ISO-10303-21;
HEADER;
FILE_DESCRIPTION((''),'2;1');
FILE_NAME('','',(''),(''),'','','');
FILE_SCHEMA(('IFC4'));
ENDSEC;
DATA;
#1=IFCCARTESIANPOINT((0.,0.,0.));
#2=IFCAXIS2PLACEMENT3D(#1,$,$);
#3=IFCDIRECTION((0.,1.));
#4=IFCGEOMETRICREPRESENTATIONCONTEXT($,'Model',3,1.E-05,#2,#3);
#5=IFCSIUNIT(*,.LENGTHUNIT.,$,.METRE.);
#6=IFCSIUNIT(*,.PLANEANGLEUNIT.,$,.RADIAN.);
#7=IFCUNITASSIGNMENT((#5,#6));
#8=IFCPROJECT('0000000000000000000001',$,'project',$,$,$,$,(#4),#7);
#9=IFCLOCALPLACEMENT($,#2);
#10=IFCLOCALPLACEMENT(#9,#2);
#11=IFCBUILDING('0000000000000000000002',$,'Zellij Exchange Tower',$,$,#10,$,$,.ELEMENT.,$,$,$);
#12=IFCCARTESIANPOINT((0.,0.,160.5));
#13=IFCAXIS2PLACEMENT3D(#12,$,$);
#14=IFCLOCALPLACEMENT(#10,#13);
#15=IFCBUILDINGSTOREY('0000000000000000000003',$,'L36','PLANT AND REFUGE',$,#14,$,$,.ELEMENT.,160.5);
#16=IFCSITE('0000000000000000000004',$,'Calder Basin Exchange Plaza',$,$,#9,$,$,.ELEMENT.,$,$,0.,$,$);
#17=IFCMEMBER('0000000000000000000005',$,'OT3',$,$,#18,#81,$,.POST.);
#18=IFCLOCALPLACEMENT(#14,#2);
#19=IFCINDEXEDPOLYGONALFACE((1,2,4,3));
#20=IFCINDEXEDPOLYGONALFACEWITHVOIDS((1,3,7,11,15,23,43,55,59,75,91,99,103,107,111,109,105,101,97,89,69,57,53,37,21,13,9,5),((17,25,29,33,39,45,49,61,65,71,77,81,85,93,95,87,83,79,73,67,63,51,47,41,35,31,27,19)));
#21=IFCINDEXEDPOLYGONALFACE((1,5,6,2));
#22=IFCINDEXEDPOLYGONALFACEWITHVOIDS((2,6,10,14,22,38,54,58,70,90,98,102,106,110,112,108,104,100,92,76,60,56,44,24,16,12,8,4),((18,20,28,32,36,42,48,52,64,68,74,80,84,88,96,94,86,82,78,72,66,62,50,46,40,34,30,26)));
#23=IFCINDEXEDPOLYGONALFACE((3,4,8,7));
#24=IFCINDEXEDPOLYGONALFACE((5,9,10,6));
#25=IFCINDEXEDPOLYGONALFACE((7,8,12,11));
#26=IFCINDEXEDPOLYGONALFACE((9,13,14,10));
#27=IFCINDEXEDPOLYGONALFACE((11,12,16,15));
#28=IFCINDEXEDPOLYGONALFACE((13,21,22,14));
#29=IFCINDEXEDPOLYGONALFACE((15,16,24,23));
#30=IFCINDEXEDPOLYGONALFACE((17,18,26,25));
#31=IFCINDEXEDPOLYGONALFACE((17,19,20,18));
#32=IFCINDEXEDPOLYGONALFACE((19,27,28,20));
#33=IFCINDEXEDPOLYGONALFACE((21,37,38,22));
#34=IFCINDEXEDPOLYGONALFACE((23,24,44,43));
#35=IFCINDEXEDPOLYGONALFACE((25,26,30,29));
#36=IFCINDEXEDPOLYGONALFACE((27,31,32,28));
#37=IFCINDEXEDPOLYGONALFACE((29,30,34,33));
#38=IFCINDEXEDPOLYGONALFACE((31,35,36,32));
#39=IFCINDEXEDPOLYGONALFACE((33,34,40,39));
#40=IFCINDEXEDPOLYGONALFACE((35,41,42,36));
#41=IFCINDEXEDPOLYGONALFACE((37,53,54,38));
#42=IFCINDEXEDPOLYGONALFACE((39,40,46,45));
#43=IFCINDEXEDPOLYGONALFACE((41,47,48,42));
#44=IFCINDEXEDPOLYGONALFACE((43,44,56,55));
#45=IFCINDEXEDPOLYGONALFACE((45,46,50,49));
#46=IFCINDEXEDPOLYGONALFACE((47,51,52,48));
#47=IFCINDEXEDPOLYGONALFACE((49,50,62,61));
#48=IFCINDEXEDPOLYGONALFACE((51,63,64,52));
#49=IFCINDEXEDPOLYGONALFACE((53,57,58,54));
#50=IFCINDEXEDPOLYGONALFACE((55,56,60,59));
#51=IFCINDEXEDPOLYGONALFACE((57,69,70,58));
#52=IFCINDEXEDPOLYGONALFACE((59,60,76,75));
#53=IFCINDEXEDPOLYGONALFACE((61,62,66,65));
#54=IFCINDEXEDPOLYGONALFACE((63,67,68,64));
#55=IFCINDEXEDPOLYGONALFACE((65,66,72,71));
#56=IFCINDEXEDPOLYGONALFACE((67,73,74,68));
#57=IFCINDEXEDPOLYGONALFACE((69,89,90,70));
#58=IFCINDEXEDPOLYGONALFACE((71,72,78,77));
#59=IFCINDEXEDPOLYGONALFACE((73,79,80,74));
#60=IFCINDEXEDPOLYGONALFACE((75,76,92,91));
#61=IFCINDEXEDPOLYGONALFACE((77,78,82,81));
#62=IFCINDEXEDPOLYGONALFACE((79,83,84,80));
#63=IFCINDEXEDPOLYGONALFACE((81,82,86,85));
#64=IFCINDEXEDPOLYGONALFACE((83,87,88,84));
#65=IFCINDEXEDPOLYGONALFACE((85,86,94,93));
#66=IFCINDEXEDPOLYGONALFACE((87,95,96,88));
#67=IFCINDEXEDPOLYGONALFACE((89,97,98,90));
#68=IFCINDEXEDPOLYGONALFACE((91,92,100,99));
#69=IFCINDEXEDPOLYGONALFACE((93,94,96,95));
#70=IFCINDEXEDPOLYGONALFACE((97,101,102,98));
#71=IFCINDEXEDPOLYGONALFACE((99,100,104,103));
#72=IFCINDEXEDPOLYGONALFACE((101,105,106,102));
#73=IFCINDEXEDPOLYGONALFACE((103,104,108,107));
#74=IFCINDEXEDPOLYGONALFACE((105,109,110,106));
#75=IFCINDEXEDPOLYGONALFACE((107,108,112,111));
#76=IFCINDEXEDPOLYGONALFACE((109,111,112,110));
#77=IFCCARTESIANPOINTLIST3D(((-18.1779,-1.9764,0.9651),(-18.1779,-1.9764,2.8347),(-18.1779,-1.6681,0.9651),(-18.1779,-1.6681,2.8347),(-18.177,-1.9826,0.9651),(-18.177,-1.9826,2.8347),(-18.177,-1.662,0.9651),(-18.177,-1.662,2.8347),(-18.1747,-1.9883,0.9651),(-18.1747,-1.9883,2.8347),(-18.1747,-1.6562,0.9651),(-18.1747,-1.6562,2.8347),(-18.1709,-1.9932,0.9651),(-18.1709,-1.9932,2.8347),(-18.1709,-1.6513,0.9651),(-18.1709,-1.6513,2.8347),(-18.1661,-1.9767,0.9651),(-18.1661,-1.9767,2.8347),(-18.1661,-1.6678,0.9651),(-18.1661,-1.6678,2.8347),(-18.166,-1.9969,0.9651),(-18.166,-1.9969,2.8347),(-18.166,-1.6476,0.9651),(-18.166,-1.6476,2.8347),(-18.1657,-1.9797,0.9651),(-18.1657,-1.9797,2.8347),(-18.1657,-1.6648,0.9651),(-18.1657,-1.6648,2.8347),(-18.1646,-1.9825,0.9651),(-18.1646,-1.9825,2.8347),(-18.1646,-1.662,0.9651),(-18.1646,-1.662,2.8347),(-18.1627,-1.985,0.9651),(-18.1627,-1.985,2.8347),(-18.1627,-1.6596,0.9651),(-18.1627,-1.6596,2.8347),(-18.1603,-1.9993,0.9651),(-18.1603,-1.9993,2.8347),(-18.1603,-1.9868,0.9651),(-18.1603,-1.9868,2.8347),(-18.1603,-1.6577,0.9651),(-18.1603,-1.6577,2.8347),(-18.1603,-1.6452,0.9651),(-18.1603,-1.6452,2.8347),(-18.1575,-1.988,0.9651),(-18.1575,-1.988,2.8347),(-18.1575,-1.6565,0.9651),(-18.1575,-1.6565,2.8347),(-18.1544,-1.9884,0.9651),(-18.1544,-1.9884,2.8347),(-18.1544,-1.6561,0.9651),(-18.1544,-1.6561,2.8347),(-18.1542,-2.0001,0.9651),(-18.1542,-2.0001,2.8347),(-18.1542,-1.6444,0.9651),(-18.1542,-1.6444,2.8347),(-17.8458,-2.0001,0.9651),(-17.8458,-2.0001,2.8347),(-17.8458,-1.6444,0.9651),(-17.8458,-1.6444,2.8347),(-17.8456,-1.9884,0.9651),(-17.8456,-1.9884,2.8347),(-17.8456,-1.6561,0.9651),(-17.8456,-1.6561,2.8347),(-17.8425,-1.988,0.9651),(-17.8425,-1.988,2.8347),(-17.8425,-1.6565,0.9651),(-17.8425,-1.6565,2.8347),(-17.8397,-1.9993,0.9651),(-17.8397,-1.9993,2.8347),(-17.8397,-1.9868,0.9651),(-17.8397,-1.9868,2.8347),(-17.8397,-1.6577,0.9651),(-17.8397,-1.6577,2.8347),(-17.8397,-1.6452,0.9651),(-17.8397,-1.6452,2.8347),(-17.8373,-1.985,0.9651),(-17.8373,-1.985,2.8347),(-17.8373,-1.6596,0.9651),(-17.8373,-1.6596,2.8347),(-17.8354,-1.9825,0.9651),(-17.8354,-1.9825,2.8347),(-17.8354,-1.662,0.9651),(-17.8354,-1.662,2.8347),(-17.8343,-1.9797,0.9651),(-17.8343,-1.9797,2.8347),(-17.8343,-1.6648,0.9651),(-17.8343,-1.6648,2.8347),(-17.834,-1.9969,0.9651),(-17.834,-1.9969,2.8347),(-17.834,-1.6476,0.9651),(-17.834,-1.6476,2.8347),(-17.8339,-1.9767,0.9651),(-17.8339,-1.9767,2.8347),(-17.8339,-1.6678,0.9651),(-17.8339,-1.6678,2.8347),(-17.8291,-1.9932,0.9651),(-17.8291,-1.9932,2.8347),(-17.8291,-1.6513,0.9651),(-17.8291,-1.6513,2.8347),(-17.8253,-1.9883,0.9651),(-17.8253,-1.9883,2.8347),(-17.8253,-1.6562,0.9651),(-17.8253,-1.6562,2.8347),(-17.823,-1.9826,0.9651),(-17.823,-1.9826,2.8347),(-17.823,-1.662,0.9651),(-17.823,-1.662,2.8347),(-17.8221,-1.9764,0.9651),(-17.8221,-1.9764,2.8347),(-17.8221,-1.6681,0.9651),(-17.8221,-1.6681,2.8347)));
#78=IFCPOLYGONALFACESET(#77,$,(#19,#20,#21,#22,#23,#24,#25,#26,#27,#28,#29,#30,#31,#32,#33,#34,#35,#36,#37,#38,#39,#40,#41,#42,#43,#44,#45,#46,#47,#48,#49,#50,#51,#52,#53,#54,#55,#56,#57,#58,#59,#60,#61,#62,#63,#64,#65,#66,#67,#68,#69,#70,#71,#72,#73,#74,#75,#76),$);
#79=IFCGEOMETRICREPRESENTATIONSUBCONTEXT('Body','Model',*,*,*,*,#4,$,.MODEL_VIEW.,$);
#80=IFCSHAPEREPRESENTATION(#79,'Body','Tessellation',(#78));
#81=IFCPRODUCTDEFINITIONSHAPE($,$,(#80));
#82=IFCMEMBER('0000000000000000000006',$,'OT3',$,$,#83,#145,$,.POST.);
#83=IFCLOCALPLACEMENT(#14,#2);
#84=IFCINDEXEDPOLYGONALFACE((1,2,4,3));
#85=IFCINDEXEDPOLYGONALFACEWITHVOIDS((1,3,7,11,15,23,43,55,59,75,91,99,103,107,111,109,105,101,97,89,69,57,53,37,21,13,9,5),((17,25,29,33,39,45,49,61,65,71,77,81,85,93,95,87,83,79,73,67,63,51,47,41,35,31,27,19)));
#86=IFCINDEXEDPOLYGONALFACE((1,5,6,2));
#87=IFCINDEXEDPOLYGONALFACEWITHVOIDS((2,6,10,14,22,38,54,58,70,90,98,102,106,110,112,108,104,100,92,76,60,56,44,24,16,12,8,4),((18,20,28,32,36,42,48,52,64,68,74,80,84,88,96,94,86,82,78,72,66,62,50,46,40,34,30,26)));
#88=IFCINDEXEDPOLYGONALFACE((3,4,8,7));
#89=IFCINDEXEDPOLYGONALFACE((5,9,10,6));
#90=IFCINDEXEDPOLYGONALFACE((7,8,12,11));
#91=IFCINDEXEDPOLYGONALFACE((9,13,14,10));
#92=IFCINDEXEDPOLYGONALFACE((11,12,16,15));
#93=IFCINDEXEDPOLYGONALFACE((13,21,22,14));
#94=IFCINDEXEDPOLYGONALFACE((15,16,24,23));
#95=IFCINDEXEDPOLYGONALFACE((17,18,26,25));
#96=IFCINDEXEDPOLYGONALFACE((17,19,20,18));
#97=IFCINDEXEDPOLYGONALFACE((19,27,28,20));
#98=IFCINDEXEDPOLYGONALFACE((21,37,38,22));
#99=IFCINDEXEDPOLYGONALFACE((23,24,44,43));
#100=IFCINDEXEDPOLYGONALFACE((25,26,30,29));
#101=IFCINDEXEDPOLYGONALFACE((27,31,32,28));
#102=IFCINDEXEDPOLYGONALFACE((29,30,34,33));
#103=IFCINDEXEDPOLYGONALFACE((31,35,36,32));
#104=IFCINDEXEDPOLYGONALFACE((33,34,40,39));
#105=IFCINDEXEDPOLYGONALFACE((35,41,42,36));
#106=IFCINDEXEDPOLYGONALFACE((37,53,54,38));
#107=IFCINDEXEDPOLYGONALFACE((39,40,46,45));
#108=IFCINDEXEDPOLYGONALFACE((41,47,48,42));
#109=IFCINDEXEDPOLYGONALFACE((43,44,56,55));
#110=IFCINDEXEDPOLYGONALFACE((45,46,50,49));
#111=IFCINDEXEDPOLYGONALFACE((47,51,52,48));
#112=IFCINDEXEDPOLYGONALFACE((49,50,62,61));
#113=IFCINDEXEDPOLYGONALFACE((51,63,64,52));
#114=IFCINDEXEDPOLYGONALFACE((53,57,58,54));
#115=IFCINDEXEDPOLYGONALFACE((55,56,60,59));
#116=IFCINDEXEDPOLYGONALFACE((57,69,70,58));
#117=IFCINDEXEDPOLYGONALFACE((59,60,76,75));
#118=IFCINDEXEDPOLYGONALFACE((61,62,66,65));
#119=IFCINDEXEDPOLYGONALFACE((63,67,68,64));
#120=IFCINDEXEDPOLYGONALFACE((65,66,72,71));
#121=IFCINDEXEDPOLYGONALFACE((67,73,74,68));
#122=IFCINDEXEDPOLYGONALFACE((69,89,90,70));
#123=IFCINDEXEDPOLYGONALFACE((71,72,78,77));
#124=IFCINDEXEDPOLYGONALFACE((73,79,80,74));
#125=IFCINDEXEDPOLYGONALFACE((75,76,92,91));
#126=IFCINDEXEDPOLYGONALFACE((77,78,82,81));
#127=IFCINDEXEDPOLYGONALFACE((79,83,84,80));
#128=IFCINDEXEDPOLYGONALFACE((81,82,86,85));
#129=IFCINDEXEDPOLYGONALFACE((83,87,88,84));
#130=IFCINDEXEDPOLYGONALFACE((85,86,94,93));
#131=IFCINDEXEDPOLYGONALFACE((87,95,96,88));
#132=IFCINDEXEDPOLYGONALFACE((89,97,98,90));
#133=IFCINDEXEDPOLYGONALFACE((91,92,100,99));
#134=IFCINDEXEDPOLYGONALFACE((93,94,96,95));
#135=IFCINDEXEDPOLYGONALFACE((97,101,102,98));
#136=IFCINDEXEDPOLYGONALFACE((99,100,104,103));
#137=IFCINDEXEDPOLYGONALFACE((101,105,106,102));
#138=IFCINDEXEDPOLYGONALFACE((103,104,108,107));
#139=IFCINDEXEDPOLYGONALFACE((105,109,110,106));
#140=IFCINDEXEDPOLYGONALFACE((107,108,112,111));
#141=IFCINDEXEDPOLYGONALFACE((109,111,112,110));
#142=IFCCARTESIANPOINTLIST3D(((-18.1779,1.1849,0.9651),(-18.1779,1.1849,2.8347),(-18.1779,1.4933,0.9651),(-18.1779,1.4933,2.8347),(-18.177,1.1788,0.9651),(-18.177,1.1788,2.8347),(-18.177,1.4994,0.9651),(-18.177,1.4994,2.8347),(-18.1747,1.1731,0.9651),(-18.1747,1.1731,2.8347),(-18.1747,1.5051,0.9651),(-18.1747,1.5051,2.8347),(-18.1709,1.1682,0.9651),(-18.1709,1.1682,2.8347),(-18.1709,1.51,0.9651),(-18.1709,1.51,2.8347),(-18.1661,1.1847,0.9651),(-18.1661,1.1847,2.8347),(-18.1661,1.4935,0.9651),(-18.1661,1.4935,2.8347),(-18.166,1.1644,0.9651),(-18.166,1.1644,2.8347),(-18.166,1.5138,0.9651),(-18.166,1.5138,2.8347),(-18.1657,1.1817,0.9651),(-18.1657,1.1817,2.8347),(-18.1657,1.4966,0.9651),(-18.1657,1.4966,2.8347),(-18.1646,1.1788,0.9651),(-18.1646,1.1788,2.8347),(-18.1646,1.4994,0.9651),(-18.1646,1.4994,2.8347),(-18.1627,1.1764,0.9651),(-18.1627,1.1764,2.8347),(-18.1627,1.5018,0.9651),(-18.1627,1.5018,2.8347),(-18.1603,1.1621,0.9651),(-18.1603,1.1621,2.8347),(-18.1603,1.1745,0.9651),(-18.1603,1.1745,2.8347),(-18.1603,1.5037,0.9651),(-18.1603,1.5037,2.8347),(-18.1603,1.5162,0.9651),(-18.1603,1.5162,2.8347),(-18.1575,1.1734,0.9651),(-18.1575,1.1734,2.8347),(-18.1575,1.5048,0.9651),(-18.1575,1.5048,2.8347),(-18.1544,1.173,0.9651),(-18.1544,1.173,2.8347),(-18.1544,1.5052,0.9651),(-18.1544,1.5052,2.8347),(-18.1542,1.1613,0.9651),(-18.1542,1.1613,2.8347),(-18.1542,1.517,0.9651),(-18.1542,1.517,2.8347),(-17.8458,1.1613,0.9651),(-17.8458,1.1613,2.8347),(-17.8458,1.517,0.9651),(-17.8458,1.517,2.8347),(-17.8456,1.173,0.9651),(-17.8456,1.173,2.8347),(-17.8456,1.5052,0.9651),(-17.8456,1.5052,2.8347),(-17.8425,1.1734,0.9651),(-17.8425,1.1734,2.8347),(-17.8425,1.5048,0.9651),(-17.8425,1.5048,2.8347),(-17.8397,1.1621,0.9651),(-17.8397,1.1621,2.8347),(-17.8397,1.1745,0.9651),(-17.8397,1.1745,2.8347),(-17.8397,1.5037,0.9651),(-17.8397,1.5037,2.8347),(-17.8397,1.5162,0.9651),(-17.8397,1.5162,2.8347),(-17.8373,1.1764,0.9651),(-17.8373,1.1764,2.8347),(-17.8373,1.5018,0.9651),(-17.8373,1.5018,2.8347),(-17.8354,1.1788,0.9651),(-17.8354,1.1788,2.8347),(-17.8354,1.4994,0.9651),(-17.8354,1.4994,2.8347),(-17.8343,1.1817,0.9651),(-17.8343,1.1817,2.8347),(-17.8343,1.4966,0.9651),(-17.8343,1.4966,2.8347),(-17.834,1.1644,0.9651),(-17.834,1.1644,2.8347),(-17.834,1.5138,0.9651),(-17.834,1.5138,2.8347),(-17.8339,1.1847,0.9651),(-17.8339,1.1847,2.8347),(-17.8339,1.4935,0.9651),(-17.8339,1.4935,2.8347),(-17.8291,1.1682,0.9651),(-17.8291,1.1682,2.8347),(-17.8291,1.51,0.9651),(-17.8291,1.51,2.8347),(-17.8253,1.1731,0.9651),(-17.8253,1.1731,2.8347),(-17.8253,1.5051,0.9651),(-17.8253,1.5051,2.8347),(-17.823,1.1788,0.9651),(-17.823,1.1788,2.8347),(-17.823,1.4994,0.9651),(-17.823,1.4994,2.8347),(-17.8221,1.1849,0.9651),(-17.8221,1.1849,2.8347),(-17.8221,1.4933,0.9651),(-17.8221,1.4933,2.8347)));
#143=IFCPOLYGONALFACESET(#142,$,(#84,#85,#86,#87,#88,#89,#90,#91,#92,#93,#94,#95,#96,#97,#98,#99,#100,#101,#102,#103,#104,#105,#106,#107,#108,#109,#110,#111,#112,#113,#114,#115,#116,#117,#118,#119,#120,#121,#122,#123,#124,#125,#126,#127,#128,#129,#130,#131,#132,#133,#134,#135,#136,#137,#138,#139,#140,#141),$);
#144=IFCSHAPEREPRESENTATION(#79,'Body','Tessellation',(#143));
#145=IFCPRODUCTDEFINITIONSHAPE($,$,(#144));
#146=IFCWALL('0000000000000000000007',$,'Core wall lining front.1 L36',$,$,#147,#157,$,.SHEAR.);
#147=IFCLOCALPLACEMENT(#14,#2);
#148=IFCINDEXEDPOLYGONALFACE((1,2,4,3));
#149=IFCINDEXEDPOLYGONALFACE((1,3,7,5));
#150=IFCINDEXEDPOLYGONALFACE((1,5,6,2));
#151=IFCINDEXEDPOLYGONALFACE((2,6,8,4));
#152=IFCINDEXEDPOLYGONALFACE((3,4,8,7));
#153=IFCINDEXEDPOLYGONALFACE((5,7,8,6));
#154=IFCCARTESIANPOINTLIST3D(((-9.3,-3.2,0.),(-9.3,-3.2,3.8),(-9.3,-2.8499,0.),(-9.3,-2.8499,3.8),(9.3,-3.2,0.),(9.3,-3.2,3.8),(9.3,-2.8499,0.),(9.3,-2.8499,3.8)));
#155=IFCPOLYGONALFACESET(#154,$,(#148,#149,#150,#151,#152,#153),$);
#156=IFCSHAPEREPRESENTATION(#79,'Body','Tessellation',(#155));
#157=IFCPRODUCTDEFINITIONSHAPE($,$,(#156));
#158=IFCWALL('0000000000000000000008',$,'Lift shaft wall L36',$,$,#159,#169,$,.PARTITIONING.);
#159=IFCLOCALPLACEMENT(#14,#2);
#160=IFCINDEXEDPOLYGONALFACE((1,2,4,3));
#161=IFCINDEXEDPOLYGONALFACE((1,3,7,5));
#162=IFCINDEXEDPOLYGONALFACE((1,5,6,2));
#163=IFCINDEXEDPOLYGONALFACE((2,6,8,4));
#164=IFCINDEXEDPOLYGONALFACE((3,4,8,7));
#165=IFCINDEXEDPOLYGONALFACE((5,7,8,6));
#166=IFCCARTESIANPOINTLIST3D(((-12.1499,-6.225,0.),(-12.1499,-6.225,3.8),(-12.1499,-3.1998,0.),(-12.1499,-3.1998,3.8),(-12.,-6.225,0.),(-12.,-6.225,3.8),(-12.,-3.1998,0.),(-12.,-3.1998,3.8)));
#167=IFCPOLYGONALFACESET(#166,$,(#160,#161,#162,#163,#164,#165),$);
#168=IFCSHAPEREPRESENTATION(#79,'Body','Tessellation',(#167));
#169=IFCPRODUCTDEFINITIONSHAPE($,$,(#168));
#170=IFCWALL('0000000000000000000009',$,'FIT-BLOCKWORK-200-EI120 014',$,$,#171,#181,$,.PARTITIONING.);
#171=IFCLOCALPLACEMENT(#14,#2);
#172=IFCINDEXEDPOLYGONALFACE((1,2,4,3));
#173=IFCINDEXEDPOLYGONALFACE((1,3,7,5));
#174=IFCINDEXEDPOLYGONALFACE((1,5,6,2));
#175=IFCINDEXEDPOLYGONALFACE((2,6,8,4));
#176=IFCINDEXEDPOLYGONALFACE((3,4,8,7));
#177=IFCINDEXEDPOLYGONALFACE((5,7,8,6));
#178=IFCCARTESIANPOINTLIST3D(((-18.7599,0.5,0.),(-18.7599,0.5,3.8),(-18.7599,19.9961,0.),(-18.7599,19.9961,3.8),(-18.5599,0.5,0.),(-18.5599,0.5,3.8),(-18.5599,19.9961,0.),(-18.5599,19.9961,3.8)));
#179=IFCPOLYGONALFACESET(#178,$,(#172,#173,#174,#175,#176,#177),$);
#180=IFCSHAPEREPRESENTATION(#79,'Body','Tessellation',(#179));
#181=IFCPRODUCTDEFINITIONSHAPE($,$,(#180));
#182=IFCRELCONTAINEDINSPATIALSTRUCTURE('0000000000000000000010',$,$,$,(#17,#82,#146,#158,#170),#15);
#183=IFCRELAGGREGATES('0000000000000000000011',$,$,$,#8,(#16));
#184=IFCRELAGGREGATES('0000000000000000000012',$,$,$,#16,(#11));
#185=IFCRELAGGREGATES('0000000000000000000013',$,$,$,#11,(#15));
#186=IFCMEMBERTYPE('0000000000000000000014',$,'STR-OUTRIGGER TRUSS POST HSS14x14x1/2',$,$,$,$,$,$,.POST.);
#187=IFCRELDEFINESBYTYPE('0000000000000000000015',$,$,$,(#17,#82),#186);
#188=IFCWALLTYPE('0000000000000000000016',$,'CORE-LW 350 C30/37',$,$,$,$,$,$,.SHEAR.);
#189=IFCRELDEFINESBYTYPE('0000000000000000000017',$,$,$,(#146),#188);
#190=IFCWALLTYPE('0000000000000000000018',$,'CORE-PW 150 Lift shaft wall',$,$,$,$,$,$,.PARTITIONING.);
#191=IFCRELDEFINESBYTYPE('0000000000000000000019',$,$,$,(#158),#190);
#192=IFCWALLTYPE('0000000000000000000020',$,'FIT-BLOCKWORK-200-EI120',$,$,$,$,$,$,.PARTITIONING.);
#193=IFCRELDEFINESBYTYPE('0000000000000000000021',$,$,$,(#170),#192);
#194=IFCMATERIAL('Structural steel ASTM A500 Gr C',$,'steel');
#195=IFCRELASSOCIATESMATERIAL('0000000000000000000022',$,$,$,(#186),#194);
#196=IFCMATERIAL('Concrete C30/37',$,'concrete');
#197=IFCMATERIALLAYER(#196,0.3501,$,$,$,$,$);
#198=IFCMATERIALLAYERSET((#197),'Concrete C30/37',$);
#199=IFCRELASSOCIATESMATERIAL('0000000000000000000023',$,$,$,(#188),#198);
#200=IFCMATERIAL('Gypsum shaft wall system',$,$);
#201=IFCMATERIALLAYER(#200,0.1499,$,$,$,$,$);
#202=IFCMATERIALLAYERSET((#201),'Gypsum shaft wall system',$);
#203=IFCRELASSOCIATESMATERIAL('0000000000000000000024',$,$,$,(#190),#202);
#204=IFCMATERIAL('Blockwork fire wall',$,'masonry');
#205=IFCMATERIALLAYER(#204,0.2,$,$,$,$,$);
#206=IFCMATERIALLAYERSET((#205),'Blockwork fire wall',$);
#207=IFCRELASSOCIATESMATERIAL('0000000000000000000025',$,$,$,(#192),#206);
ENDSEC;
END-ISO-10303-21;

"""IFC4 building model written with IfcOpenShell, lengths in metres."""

from ifc_helpers import new_model, si_unit, direction, frame, frame_2d, origin, origin_2d, place, context, subcontext, project, spatial, rectangle, hollow_rectangle, extrude, material, layer, layer_set, material_profile, profile_set, type_object, element, save


model = new_model("IFC4")

# Units and contexts
model_context = context("Model", 3, precision=1e-05, world=origin(), true_north=direction((0.0, 1.0)))
body_context = subcontext(model_context, "Body", "Model", "MODEL_VIEW")
ifc_project = project(units=[si_unit("LENGTHUNIT", "METRE"), si_unit("PLANEANGLEUNIT", "RADIAN")], contexts=[model_context])

# Site, building, storey
site_placement = place(None, origin())
site = spatial("IfcSite", under=ifc_project, at=site_placement, Name="Calder Basin Exchange Plaza", CompositionType="ELEMENT", RefElevation=0.0)
building_placement = place(site_placement, origin())
building = spatial("IfcBuilding", under=site, at=building_placement, Name="Zellij Exchange Tower", CompositionType="ELEMENT")
storey_placement = place(building_placement, frame((0.0, 0.0, 160.5)))
storey = spatial("IfcBuildingStorey", under=building, at=storey_placement, Name="L36", Description="PLANT AND REFUGE", CompositionType="ELEMENT", Elevation=160.5)

# Members
ifc_material_1 = material(Name="Structural steel ASTM A500 Gr C", Category="steel")
ifc_material_profile_1 = material_profile(ifc_material_1, hollow_rectangle(XDim=0.3557, YDim=0.3557, WallThickness=0.0117, InnerFilletRadius=0.0117, OuterFilletRadius=0.0237, at=origin_2d()), Name="STR-OUTRIGGER TRUSS POST HSS14x14x1/2")
ifc_profile_set_1 = profile_set([ifc_material_profile_1], Name="Structural steel ASTM A500 Gr C")
member_type_1 = type_object("IfcMemberType", Name="STR-OUTRIGGER TRUSS POST HSS14x14x1/2", PredefinedType="POST", material=ifc_profile_set_1)
for number, where, z_axis, x_axis, name in (
    (1, (-18.0, -1.8223, 0.9651), (0.0, 0.0, 1.0), (1.0, 0.0, 0.0), "OT3"),
    (2, (-18.0, 1.3391, 0.9651), (0.0, 0.0, 1.0), (1.0, 0.0, 0.0), "OT3"),
):
    element("IfcMember", number, at=place(storey_placement, frame(where, z_axis=z_axis, x_axis=x_axis)), inside=storey, type_object=member_type_1, Name=name, PredefinedType="POST", context=body_context, shape_type="SweptSolid", body=[
        extrude(hollow_rectangle(XDim=0.3557, YDim=0.3557, WallThickness=0.0117, InnerFilletRadius=0.0117, OuterFilletRadius=0.0237, at=origin_2d()), origin(), (0.0, 0.0, 1.0), 1.8696),
    ])

# Walls
ifc_material_2 = material(Name="Concrete C30/37", Category="concrete")
ifc_layer_1 = layer(ifc_material_2, 0.3501)
ifc_layer_set_1 = layer_set([ifc_layer_1], Name="Concrete C30/37")
wall_type_1 = type_object("IfcWallType", Name="CORE-LW 350 C30/37", PredefinedType="SHEAR", material=ifc_layer_set_1)
wall_1_placement = place(storey_placement, frame((-9.3, -3.0249, 0.0), z_axis=(0.0, 0.0, 1.0), x_axis=(1.0, 0.0, 0.0)))
element("IfcWall", 3, at=wall_1_placement, inside=storey, type_object=wall_type_1, Name="Core wall lining front.1 L36", PredefinedType="SHEAR", context=body_context, shape_type="SweptSolid", body=[
    extrude(rectangle(XDim=18.6001, YDim=0.3501, at=frame_2d((9.3, 0.0))), origin(), (0.0, 0.0, 1.0), 3.8),
])
ifc_material_3 = material(Name="Gypsum shaft wall system")
ifc_layer_2 = layer(ifc_material_3, 0.1499)
ifc_layer_set_2 = layer_set([ifc_layer_2], Name="Gypsum shaft wall system")
wall_type_2 = type_object("IfcWallType", Name="CORE-PW 150 Lift shaft wall", PredefinedType="PARTITIONING", material=ifc_layer_set_2)
wall_2_placement = place(storey_placement, frame((-12.075, -6.2251, 0.0), z_axis=(0.0, 0.0, 1.0), x_axis=(0.0, 1.0, 0.0)))
element("IfcWall", 4, at=wall_2_placement, inside=storey, type_object=wall_type_2, Name="Lift shaft wall L36", PredefinedType="PARTITIONING", context=body_context, shape_type="SweptSolid", body=[
    extrude(rectangle(XDim=3.0251, YDim=0.1499, at=frame_2d((1.5127, 0.0))), origin(), (0.0, 0.0, 1.0), 3.8),
])
ifc_material_4 = material(Name="Blockwork fire wall", Category="masonry")
ifc_layer_3 = layer(ifc_material_4, 0.2)
ifc_layer_set_3 = layer_set([ifc_layer_3], Name="Blockwork fire wall")
wall_type_3 = type_object("IfcWallType", Name="FIT-BLOCKWORK-200-EI120", PredefinedType="PARTITIONING", material=ifc_layer_set_3)
wall_3_placement = place(storey_placement, frame((-18.6599, 0.5, 0.0), z_axis=(0.0, 0.0, 1.0), x_axis=(0.0, 1.0, 0.0)))
element("IfcWall", 5, at=wall_3_placement, inside=storey, type_object=wall_type_3, Name="FIT-BLOCKWORK-200-EI120 014", PredefinedType="PARTITIONING", context=body_context, shape_type="SweptSolid", body=[
    extrude(rectangle(XDim=19.4961, YDim=0.2, at=frame_2d((9.748, 0.0))), origin(), (0.0, 0.0, 1.0), 3.8),
])

save(model, "model.ifc")
